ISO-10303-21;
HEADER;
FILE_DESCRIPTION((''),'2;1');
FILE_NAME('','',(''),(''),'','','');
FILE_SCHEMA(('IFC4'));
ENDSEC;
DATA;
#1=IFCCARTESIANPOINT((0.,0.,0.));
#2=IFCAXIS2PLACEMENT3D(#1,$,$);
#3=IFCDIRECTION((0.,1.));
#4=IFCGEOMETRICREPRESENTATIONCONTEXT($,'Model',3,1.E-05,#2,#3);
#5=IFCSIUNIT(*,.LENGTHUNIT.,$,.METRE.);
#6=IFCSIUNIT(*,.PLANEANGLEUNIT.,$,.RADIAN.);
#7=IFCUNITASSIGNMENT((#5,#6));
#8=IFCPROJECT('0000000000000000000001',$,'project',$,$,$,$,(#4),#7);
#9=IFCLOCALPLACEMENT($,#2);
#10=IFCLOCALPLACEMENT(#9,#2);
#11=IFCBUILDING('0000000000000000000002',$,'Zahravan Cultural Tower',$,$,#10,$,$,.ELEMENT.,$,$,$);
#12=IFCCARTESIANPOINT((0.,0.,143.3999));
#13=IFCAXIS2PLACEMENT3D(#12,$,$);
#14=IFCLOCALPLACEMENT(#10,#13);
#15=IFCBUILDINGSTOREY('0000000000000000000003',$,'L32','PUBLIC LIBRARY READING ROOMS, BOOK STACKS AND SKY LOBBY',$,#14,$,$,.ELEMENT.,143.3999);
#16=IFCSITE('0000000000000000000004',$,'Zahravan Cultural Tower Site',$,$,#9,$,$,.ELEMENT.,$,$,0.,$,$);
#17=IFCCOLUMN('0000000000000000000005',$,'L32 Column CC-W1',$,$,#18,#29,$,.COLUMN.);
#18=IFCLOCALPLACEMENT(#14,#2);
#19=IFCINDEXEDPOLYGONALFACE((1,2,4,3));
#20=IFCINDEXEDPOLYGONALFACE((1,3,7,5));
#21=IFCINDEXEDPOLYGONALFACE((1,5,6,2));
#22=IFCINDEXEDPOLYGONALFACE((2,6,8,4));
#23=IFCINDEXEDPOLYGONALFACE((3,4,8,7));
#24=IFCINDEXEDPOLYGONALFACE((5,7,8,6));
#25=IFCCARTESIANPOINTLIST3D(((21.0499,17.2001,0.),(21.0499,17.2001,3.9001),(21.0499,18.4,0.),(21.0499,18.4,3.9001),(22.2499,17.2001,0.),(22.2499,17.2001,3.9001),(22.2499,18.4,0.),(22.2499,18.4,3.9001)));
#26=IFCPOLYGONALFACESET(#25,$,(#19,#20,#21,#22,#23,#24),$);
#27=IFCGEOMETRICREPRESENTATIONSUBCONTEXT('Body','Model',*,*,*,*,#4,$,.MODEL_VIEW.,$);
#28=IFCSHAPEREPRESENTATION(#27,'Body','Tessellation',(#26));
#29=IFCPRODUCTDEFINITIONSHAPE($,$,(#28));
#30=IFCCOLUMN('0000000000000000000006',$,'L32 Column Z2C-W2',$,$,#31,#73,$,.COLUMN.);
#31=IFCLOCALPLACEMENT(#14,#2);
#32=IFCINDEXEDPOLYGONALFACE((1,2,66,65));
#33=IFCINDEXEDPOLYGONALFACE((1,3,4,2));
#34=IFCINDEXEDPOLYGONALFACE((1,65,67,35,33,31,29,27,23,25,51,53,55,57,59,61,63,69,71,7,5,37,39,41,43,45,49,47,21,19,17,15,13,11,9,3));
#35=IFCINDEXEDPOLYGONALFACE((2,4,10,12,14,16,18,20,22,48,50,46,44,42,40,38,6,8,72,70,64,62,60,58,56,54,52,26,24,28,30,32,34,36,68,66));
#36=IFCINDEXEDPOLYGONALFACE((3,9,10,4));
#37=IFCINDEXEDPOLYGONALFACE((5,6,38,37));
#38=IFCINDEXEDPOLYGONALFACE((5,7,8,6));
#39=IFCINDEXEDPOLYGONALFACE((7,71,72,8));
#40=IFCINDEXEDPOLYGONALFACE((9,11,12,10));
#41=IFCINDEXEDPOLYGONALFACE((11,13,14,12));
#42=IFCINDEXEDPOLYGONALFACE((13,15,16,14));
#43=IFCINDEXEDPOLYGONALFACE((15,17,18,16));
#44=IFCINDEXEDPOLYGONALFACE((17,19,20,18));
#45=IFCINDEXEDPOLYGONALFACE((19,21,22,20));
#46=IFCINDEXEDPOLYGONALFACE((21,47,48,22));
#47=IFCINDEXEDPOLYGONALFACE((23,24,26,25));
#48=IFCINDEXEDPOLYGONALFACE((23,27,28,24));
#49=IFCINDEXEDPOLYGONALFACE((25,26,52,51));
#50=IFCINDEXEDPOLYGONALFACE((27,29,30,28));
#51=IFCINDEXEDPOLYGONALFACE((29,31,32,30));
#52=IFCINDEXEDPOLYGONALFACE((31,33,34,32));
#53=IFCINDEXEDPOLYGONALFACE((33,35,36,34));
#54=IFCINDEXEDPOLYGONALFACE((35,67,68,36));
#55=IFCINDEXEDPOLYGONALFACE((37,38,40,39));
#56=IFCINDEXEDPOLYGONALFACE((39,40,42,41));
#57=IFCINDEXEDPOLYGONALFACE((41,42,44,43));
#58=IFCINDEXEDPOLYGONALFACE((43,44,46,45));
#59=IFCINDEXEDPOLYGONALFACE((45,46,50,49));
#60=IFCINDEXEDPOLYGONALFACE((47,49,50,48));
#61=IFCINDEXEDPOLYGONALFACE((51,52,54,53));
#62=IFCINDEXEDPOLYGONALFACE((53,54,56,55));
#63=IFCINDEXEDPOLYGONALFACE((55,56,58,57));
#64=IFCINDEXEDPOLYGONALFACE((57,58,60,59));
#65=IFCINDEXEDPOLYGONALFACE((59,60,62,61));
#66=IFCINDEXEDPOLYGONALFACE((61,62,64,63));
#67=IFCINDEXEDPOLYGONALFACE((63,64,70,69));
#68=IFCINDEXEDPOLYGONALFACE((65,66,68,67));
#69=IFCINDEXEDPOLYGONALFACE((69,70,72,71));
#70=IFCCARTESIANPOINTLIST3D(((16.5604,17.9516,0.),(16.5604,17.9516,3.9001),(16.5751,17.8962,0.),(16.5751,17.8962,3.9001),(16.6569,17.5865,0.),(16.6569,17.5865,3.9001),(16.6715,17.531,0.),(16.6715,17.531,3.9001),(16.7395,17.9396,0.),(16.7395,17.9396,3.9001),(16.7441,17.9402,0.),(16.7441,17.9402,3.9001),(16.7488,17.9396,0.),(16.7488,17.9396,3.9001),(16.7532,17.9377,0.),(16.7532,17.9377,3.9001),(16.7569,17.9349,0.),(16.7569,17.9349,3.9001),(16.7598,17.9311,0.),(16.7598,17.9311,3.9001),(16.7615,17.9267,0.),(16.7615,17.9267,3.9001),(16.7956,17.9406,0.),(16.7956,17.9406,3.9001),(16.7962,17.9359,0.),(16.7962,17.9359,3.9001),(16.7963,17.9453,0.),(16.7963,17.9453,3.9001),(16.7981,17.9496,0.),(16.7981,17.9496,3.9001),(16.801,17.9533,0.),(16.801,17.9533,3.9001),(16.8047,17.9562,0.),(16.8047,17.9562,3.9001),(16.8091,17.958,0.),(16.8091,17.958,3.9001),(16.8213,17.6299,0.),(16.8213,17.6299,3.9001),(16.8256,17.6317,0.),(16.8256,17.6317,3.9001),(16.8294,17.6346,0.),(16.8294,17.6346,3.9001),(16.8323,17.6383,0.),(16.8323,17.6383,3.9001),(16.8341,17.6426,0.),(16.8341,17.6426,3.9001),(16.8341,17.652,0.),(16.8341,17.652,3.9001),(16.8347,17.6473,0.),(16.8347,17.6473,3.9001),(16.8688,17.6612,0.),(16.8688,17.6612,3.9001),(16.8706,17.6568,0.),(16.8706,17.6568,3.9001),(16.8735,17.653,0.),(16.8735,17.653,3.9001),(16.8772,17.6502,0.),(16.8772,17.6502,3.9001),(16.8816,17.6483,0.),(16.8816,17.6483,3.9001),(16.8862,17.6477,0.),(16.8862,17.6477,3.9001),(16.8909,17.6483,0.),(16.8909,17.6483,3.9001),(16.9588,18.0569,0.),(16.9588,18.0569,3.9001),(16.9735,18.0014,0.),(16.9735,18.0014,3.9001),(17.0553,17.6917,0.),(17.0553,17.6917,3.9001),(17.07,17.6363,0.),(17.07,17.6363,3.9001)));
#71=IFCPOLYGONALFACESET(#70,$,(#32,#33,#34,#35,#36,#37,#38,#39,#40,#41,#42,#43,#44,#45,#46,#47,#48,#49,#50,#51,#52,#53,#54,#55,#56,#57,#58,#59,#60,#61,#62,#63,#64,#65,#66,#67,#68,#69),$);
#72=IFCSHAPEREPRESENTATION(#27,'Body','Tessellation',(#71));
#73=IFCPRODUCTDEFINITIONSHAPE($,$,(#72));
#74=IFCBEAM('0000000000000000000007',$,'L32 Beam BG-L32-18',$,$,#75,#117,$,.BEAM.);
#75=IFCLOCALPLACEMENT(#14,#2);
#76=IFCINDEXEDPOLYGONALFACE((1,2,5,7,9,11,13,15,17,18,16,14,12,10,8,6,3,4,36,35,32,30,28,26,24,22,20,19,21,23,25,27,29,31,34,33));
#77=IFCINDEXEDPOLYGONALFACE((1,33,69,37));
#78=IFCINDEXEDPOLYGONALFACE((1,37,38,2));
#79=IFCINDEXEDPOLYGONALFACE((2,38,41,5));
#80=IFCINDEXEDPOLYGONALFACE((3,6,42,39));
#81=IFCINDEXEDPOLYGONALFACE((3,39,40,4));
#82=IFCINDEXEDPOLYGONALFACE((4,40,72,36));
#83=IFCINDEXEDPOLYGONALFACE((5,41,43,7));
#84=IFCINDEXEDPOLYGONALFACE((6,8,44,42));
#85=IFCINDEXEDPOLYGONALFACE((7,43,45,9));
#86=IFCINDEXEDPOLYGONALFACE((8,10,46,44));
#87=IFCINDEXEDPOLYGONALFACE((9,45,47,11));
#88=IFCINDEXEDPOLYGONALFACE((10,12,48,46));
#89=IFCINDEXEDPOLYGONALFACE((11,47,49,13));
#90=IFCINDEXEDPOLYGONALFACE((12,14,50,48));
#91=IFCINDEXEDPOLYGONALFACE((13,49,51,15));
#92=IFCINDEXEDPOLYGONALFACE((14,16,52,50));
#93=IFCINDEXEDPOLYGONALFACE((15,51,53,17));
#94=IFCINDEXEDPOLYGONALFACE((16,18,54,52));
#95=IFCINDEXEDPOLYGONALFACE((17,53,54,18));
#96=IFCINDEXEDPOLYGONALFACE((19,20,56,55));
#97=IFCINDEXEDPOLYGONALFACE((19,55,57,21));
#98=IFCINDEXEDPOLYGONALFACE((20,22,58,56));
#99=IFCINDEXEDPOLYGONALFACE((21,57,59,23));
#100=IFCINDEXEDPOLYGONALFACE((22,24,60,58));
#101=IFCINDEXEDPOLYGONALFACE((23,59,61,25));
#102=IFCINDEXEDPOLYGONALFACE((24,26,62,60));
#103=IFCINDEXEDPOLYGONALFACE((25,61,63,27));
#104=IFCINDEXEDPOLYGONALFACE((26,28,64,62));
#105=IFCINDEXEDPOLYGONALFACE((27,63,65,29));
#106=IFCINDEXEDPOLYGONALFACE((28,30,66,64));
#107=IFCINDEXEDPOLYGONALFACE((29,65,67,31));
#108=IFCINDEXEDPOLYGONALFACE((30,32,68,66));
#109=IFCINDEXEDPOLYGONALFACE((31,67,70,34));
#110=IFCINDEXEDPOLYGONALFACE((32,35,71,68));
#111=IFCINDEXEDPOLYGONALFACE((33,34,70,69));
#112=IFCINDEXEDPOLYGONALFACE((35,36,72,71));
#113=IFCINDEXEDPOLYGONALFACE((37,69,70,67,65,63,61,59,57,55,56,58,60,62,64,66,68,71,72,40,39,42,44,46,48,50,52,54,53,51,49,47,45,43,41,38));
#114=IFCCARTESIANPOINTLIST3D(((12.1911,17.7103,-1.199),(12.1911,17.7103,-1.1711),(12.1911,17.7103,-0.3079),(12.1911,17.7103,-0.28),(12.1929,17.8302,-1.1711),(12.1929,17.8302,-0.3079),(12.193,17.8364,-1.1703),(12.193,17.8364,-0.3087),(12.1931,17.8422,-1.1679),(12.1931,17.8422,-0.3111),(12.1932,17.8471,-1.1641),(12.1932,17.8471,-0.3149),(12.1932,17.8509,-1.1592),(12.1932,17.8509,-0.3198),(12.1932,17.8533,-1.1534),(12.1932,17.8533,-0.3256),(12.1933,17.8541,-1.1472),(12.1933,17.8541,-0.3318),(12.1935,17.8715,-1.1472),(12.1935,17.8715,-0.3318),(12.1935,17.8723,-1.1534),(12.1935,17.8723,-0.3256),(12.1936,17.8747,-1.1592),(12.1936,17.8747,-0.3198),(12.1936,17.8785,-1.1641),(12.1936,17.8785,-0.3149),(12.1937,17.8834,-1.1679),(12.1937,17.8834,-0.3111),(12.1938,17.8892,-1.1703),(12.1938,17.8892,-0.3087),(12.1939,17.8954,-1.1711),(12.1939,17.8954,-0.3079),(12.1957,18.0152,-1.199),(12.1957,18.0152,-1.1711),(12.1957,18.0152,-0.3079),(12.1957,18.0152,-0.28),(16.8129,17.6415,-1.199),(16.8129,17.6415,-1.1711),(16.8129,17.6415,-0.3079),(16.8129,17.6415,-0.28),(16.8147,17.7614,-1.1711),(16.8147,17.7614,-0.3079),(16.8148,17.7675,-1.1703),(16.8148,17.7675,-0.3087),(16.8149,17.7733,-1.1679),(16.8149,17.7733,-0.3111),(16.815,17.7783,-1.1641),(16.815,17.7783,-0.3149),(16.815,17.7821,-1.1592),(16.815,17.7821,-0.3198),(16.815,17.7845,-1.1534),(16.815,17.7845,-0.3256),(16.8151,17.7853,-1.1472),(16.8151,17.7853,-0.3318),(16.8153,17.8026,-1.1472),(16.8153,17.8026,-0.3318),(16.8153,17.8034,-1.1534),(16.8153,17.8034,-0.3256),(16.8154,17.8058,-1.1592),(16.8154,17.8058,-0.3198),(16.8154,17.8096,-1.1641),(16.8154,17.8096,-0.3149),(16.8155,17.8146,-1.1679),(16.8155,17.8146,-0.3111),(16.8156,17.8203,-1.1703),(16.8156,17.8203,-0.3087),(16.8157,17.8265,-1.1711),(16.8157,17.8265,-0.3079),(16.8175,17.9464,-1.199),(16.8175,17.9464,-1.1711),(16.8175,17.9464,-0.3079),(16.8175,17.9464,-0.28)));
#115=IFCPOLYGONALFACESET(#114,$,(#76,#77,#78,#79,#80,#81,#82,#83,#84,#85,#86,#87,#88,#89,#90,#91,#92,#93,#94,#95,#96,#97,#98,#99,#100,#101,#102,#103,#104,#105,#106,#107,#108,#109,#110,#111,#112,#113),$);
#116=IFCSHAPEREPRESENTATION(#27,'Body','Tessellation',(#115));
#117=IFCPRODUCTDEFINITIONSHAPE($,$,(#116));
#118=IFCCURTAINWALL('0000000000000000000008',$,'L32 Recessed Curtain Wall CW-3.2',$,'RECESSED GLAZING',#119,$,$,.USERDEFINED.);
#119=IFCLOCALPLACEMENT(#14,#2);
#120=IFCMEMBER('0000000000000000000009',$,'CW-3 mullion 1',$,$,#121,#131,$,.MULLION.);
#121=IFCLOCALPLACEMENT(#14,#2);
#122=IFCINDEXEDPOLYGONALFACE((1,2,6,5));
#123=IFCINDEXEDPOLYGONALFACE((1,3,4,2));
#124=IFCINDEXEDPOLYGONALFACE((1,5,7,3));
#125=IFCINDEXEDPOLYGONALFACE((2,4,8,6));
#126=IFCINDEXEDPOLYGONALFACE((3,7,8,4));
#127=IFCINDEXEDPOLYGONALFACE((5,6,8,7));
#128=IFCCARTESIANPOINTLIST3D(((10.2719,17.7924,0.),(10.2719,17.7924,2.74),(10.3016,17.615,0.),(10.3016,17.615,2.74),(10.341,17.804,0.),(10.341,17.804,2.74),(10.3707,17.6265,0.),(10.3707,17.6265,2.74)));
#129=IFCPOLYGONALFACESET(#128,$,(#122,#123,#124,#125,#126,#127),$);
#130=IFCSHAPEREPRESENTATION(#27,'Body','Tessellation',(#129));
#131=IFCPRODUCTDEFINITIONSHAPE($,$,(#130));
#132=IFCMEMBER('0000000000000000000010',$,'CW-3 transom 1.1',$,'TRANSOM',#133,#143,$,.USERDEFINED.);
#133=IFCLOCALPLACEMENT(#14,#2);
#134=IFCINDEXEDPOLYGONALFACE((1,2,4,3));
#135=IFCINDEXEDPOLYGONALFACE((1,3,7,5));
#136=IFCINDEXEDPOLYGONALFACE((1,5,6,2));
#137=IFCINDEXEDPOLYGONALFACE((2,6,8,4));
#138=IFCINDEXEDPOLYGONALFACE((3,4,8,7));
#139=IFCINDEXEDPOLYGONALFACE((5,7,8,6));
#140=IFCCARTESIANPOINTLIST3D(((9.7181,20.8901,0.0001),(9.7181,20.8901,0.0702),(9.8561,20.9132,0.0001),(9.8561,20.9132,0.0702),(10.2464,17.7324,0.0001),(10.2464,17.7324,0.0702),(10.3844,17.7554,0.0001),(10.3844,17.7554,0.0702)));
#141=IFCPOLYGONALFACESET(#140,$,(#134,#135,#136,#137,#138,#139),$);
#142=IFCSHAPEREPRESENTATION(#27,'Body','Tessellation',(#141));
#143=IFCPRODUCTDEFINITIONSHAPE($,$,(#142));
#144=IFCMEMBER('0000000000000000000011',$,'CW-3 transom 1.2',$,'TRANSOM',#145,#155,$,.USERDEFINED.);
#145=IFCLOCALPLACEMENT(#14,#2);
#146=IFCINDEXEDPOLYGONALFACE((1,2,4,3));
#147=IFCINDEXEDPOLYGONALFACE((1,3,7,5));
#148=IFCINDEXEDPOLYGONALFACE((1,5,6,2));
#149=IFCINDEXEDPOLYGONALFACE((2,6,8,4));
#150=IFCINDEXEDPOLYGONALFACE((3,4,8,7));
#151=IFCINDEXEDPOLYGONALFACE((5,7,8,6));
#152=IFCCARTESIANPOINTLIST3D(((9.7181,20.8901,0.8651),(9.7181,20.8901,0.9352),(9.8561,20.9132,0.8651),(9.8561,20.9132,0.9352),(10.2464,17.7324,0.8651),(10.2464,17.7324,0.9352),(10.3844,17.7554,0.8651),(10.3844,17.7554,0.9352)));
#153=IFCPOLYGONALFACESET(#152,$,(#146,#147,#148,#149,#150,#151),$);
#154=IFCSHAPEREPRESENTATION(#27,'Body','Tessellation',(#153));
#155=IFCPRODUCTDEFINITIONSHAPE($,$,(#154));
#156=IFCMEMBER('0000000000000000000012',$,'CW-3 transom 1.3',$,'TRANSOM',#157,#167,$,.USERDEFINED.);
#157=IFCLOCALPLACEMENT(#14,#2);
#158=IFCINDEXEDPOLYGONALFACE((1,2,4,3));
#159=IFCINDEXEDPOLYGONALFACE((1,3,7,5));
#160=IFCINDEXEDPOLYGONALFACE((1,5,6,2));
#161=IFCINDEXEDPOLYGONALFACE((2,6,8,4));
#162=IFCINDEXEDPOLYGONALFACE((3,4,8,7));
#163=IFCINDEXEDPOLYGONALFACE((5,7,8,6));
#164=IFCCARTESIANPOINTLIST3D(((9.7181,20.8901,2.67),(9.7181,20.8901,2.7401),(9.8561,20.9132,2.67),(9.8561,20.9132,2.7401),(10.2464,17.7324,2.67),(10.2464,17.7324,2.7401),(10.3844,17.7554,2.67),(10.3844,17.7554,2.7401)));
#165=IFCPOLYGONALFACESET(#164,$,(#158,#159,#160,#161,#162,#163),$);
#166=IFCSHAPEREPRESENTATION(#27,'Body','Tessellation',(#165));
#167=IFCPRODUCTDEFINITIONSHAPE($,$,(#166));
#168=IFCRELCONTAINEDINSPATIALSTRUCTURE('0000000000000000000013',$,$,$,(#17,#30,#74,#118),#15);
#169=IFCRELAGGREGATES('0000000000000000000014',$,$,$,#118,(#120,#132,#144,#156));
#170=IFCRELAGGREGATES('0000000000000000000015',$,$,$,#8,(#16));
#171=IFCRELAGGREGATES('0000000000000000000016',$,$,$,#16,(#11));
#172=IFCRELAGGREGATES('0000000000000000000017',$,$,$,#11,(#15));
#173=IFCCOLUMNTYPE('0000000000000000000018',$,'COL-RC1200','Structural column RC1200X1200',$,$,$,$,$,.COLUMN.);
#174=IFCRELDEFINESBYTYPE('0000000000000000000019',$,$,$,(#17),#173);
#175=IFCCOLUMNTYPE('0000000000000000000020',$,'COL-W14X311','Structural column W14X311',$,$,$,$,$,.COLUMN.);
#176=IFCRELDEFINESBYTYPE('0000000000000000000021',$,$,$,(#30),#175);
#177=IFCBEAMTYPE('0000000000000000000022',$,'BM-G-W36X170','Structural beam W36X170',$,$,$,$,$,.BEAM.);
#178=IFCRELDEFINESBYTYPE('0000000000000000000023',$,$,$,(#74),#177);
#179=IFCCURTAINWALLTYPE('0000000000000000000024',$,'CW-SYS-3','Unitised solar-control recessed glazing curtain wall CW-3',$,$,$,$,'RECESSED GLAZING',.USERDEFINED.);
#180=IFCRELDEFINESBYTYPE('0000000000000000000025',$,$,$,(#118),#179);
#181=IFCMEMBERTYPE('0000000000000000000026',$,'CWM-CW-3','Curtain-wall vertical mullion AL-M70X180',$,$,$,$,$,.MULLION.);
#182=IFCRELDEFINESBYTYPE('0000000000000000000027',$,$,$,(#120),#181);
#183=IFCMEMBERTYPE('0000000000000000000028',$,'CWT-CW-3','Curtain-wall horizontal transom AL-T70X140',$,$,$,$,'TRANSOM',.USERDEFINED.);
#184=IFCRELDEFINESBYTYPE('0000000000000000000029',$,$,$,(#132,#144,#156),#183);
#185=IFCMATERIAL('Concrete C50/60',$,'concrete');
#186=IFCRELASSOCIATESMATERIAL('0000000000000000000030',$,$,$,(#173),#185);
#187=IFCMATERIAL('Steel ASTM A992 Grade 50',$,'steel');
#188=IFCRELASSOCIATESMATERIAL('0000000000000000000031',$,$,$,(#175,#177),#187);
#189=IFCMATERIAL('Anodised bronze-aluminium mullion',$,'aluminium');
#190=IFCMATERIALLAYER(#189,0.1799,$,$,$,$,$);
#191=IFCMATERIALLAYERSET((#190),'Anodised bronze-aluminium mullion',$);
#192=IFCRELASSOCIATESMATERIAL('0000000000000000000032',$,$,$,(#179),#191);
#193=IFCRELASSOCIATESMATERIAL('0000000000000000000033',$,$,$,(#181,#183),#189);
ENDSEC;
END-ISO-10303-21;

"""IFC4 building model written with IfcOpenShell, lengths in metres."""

from ifc_helpers import new_model, si_unit, direction, frame, origin, origin_2d, place, context, subcontext, project, spatial, rectangle, i_section, extrude, source, transform, mapped, material, layer, layer_set, material_profile, profile_set, type_object, element, aggregate, save


model = new_model("IFC4")

# Units and contexts
model_context = context("Model", 3, precision=1e-05, world=origin(), true_north=direction((0.0, 1.0)))
body_context = subcontext(model_context, "Body", "Model", "MODEL_VIEW")
ifc_project = project(units=[si_unit("LENGTHUNIT", "METRE"), si_unit("PLANEANGLEUNIT", "RADIAN")], contexts=[model_context])

# Site, building, storey
site_placement = place(None, origin())
site = spatial("IfcSite", under=ifc_project, at=site_placement, Name="Zahravan Cultural Tower Site", CompositionType="ELEMENT", RefElevation=0.0)
building_placement = place(site_placement, origin())
building = spatial("IfcBuilding", under=site, at=building_placement, Name="Zahravan Cultural Tower", CompositionType="ELEMENT")
storey_placement = place(building_placement, frame((0.0, 0.0, 143.3999)))
storey = spatial("IfcBuildingStorey", under=building, at=storey_placement, Name="L32", Description="PUBLIC LIBRARY READING ROOMS, BOOK STACKS AND SKY LOBBY", CompositionType="ELEMENT", Elevation=143.3999)

# Columns
ifc_material_1 = material(Name="Concrete C50/60", Category="concrete")
ifc_material_profile_1 = material_profile(ifc_material_1, rectangle(XDim=1.2, YDim=1.2, at=origin_2d()), Name="RC1200X1200")
ifc_profile_set_1 = profile_set([ifc_material_profile_1], Name="Concrete C50/60")
column_type_1 = type_object("IfcColumnType", Name="COL-RC1200", Description="Structural column RC1200X1200", PredefinedType="COLUMN", material=ifc_profile_set_1)
shared_shape_1 = source(origin(), body_context, "Body", "SweptSolid", [
    extrude(rectangle(XDim=1.2, YDim=1.2, at=origin_2d()), origin(), (0.0, 0.0, 1.0), 3.9001),
])
column_1_placement = place(storey_placement, frame((21.6499, 17.8, 0.0), z_axis=(0.0, 0.0, 1.0), x_axis=(1.0, 0.0, 0.0)))
element("IfcColumn", 1, at=column_1_placement, inside=storey, type_object=column_type_1, Name="L32 Column CC-W1", PredefinedType="COLUMN", context=body_context, shape_type="MappedRepresentation", body=[
    mapped(shared_shape_1, transform((0.0, 0.0, 0.0), x_axis=(1.0, 0.0, 0.0), y_axis=(0.0, 1.0, 0.0), z_axis=(0.0, 0.0, 1.0), scale=1.0)),
])
ifc_material_2 = material(Name="Steel ASTM A992 Grade 50", Category="steel")
ifc_material_profile_2 = material_profile(ifc_material_2, i_section(OverallWidth=0.4121, OverallDepth=0.4351, WebThickness=0.0359, FlangeThickness=0.0574, FilletRadius=0.0181, at=origin_2d()), Name="W14X311")
ifc_profile_set_2 = profile_set([ifc_material_profile_2], Name="Steel ASTM A992 Grade 50")
column_type_2 = type_object("IfcColumnType", Name="COL-W14X311", Description="Structural column W14X311", PredefinedType="COLUMN", material=ifc_profile_set_2)
shared_shape_2 = source(origin(), body_context, "Body", "SweptSolid", [
    extrude(i_section(OverallWidth=0.4121, OverallDepth=0.4351, WebThickness=0.0359, FlangeThickness=0.0574, FilletRadius=0.0181, at=origin_2d()), origin(), (0.0, 0.0, 1.0), 3.9001),
])
column_2_placement = place(storey_placement, frame((16.8152, 17.7939, 0.0), z_axis=(0.0, 0.0, 1.0), x_axis=(0.966823, 0.255446, 0.0)))
element("IfcColumn", 2, at=column_2_placement, inside=storey, type_object=column_type_2, Name="L32 Column Z2C-W2", PredefinedType="COLUMN", context=body_context, shape_type="MappedRepresentation", body=[
    mapped(shared_shape_2, transform((0.0, 0.0, 0.0), x_axis=(1.0, 0.0, 0.0), y_axis=(0.0, 1.0, 0.0), z_axis=(0.0, 0.0, 1.0), scale=1.0)),
])

# Beam
ifc_material_profile_3 = material_profile(ifc_material_2, i_section(OverallWidth=0.3049, OverallDepth=0.9189, WebThickness=0.0173, FlangeThickness=0.0278, FilletRadius=0.0239, at=origin_2d()), Name="W36X170")
ifc_profile_set_3 = profile_set([ifc_material_profile_3], Name="Steel ASTM A992 Grade 50")
beam_type = type_object("IfcBeamType", Name="BM-G-W36X170", Description="Structural beam W36X170", PredefinedType="BEAM", material=ifc_profile_set_3)
shared_shape_3 = source(origin(), body_context, "Body", "SweptSolid", [
    extrude(i_section(OverallWidth=0.3049, OverallDepth=0.9189, WebThickness=0.0173, FlangeThickness=0.0278, FilletRadius=0.0239, at=origin_2d()), origin(), (0.0, 0.0, 1.0), 4.6223),
])
beam_placement = place(storey_placement, frame((16.8152, 17.7939, -0.7395), z_axis=(-0.999889, 0.014895, 0.0), x_axis=(-0.014895, -0.999889, 0.0)))
element("IfcBeam", 3, at=beam_placement, inside=storey, type_object=beam_type, Name="L32 Beam BG-L32-18", PredefinedType="BEAM", context=body_context, shape_type="MappedRepresentation", body=[
    mapped(shared_shape_3, transform((0.0, 0.0, 0.0), x_axis=(1.0, 0.0, 0.0), y_axis=(0.0, 1.0, 0.0), z_axis=(0.0, 0.0, 1.0), scale=1.0)),
])

# Curtain wall, members
ifc_material_3 = material(Name="Anodised bronze-aluminium mullion", Category="aluminium")
ifc_layer_1 = layer(ifc_material_3, 0.1799)
ifc_layer_set_1 = layer_set([ifc_layer_1], Name="Anodised bronze-aluminium mullion")
curtain_wall_type = type_object("IfcCurtainWallType", Name="CW-SYS-3", Description="Unitised solar-control recessed glazing curtain wall CW-3", ElementType="RECESSED GLAZING", PredefinedType="USERDEFINED", material=ifc_layer_set_1)
curtain_wall_placement = place(storey_placement, origin())
curtain_wall = element("IfcCurtainWall", 4, at=curtain_wall_placement, inside=storey, type_object=curtain_wall_type, Name="L32 Recessed Curtain Wall CW-3.2", ObjectType="RECESSED GLAZING", PredefinedType="USERDEFINED")
ifc_material_profile_4 = material_profile(ifc_material_3, rectangle(XDim=0.0701, YDim=0.1799, at=origin_2d()), Name="AL-M70X180")
ifc_profile_set_4 = profile_set([ifc_material_profile_4], Name="Anodised bronze-aluminium mullion")
member_type_1 = type_object("IfcMemberType", Name="CWM-CW-3", Description="Curtain-wall vertical mullion AL-M70X180", PredefinedType="MULLION", material=ifc_profile_set_4)
shared_shape_4 = source(origin(), body_context, "Body", "SweptSolid", [
    extrude(rectangle(XDim=0.0701, YDim=0.1799, at=origin_2d()), origin(), (0.0, 0.0, 1.0), 2.74),
])
member_1_placement = place(storey_placement, frame((10.3213, 17.7095, 0.0), z_axis=(0.0, 0.0, 1.0), x_axis=(-0.986285, -0.165051, 0.0)))
member_1 = element("IfcMember", 5, at=member_1_placement, type_object=member_type_1, Name="CW-3 mullion 1", PredefinedType="MULLION", context=body_context, shape_type="MappedRepresentation", body=[
    mapped(shared_shape_4, transform((0.0, 0.0, 0.0), x_axis=(1.0, 0.0, 0.0), y_axis=(0.0, 1.0, 0.0), z_axis=(0.0, 0.0, 1.0), scale=1.0)),
])
ifc_material_profile_5 = material_profile(ifc_material_3, rectangle(XDim=0.1399, YDim=0.0701, at=origin_2d()), Name="AL-T70X140")
ifc_profile_set_5 = profile_set([ifc_material_profile_5], Name="Anodised bronze-aluminium mullion")
member_type_2 = type_object("IfcMemberType", Name="CWT-CW-3", Description="Curtain-wall horizontal transom AL-T70X140", ElementType="TRANSOM", PredefinedType="USERDEFINED", material=ifc_profile_set_5)
shared_shape_5 = source(origin(), body_context, "Body", "SweptSolid", [
    extrude(rectangle(XDim=0.1399, YDim=0.0701, at=origin_2d()), origin(), (0.0, 0.0, 1.0), 3.2017),
])
member_2_placement = place(storey_placement, frame((10.3154, 17.7439, 0.0352), z_axis=(-0.165017, 0.986291, 0.0), x_axis=(-0.986291, -0.165017, 0.0)))
member_2 = element("IfcMember", 6, at=member_2_placement, type_object=member_type_2, Name="CW-3 transom 1.1", ObjectType="TRANSOM", PredefinedType="USERDEFINED", context=body_context, shape_type="MappedRepresentation", body=[
    mapped(shared_shape_5, transform((0.0, 0.0, 0.0), x_axis=(1.0, 0.0, 0.0), y_axis=(0.0, 1.0, 0.0), z_axis=(0.0, 0.0, 1.0), scale=1.0)),
])
member_3_placement = place(storey_placement, frame((10.3154, 17.7439, 0.9001), z_axis=(-0.165017, 0.986291, 0.0), x_axis=(-0.986291, -0.165017, 0.0)))
member_3 = element("IfcMember", 7, at=member_3_placement, type_object=member_type_2, Name="CW-3 transom 1.2", ObjectType="TRANSOM", PredefinedType="USERDEFINED", context=body_context, shape_type="MappedRepresentation", body=[
    mapped(shared_shape_5, transform((0.0, 0.0, 0.0), x_axis=(1.0, 0.0, 0.0), y_axis=(0.0, 1.0, 0.0), z_axis=(0.0, 0.0, 1.0), scale=1.0)),
])
member_4_placement = place(storey_placement, frame((10.3154, 17.7439, 2.7051), z_axis=(-0.165017, 0.986291, 0.0), x_axis=(-0.986291, -0.165017, 0.0)))
member_4 = element("IfcMember", 8, at=member_4_placement, type_object=member_type_2, Name="CW-3 transom 1.3", ObjectType="TRANSOM", PredefinedType="USERDEFINED", context=body_context, shape_type="MappedRepresentation", body=[
    mapped(shared_shape_5, transform((0.0, 0.0, 0.0), x_axis=(1.0, 0.0, 0.0), y_axis=(0.0, 1.0, 0.0), z_axis=(0.0, 0.0, 1.0), scale=1.0)),
])
aggregate(curtain_wall, [member_1, member_2, member_3, member_4])

save(model, "model.ifc")
